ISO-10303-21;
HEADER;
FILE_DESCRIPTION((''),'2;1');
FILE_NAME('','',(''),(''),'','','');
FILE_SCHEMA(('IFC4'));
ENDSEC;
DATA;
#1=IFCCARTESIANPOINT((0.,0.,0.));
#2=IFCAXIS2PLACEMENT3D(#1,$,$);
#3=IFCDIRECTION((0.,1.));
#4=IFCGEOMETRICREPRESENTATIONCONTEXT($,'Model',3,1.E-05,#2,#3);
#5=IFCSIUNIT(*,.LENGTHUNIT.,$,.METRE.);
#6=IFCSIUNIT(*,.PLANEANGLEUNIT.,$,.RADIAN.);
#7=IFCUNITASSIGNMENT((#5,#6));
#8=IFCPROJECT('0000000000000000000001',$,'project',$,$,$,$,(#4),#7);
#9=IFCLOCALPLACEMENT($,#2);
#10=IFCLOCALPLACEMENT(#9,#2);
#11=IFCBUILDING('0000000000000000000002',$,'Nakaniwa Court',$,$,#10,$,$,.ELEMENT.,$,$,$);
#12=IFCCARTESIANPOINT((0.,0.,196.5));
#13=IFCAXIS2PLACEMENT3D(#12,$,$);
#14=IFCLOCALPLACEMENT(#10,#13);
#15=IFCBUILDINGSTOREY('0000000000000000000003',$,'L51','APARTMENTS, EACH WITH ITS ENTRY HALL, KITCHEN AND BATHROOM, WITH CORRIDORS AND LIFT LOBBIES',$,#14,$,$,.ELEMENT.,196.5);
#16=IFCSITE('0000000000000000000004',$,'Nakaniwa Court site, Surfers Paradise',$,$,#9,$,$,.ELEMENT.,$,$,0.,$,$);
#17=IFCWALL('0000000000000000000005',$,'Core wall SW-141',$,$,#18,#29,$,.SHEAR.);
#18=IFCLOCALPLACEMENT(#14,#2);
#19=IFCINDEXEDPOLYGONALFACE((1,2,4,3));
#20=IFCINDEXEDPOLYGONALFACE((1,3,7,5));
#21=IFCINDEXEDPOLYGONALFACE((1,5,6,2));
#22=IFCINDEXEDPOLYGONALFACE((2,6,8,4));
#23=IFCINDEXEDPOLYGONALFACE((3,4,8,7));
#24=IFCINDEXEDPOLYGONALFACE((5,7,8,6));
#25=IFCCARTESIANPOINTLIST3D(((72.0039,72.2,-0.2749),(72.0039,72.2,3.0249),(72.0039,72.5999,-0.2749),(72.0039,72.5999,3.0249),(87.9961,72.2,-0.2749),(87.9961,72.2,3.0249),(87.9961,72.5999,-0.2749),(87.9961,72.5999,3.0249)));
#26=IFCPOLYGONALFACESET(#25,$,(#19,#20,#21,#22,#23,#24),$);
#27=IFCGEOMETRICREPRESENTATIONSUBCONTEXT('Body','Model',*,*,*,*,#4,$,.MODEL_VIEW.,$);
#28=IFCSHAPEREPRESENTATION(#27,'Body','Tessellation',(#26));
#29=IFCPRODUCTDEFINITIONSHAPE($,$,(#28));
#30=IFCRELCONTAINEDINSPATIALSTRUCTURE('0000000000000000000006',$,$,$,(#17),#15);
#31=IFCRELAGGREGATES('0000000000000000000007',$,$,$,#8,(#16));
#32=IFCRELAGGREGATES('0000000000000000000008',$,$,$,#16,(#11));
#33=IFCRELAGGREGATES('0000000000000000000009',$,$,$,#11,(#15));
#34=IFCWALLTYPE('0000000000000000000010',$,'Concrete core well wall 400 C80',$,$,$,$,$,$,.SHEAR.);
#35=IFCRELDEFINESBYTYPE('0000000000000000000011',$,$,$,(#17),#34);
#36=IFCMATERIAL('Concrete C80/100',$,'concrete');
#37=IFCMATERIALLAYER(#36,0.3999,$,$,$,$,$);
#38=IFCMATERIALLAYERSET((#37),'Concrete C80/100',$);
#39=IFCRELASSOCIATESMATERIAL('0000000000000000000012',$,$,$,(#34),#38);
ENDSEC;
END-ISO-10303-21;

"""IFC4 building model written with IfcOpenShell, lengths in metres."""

from ifc_helpers import new_model, si_unit, direction, frame, frame_2d, origin, place, context, subcontext, project, spatial, rectangle, extrude, material, layer, layer_set, type_object, element, save


model = new_model("IFC4")

# Units and contexts
model_context = context("Model", 3, precision=1e-05, world=origin(), true_north=direction((0.0, 1.0)))
body_context = subcontext(model_context, "Body", "Model", "MODEL_VIEW")
ifc_project = project(units=[si_unit("LENGTHUNIT", "METRE"), si_unit("PLANEANGLEUNIT", "RADIAN")], contexts=[model_context])

# Site, building, storey
site_placement = place(None, origin())
site = spatial("IfcSite", under=ifc_project, at=site_placement, Name="Nakaniwa Court site, Surfers Paradise", CompositionType="ELEMENT", RefElevation=0.0)
building_placement = place(site_placement, origin())
building = spatial("IfcBuilding", under=site, at=building_placement, Name="Nakaniwa Court", CompositionType="ELEMENT")
storey_placement = place(building_placement, frame((0.0, 0.0, 196.5)))
storey = spatial("IfcBuildingStorey", under=building, at=storey_placement, Name="L51", Description="APARTMENTS, EACH WITH ITS ENTRY HALL, KITCHEN AND BATHROOM, WITH CORRIDORS AND LIFT LOBBIES", CompositionType="ELEMENT", Elevation=196.5)

# Shared definitions
ifc_material_1 = material(Name="Concrete C80/100", Category="concrete")

# Wall
ifc_layer_1 = layer(ifc_material_1, 0.3999)
ifc_layer_set_1 = layer_set([ifc_layer_1], Name="Concrete C80/100")
wall_type_1 = type_object("IfcWallType", Name="Concrete core well wall 400 C80", PredefinedType="SHEAR", material=ifc_layer_set_1)
wall_1_placement = place(storey_placement, frame((72.0039, 72.3999, -0.2749), z_axis=(0.0, 0.0, 1.0), x_axis=(1.0, 0.0, 0.0)))
element("IfcWall", 1, at=wall_1_placement, inside=storey, type_object=wall_type_1, Name="Core wall SW-141", PredefinedType="SHEAR", context=body_context, shape_type="SweptSolid", body=[
    extrude(rectangle(XDim=15.9922, YDim=0.3999, at=frame_2d((7.9961, 0.0))), origin(), (0.0, 0.0, 1.0), 3.2998),
])

save(model, "model.ifc")
